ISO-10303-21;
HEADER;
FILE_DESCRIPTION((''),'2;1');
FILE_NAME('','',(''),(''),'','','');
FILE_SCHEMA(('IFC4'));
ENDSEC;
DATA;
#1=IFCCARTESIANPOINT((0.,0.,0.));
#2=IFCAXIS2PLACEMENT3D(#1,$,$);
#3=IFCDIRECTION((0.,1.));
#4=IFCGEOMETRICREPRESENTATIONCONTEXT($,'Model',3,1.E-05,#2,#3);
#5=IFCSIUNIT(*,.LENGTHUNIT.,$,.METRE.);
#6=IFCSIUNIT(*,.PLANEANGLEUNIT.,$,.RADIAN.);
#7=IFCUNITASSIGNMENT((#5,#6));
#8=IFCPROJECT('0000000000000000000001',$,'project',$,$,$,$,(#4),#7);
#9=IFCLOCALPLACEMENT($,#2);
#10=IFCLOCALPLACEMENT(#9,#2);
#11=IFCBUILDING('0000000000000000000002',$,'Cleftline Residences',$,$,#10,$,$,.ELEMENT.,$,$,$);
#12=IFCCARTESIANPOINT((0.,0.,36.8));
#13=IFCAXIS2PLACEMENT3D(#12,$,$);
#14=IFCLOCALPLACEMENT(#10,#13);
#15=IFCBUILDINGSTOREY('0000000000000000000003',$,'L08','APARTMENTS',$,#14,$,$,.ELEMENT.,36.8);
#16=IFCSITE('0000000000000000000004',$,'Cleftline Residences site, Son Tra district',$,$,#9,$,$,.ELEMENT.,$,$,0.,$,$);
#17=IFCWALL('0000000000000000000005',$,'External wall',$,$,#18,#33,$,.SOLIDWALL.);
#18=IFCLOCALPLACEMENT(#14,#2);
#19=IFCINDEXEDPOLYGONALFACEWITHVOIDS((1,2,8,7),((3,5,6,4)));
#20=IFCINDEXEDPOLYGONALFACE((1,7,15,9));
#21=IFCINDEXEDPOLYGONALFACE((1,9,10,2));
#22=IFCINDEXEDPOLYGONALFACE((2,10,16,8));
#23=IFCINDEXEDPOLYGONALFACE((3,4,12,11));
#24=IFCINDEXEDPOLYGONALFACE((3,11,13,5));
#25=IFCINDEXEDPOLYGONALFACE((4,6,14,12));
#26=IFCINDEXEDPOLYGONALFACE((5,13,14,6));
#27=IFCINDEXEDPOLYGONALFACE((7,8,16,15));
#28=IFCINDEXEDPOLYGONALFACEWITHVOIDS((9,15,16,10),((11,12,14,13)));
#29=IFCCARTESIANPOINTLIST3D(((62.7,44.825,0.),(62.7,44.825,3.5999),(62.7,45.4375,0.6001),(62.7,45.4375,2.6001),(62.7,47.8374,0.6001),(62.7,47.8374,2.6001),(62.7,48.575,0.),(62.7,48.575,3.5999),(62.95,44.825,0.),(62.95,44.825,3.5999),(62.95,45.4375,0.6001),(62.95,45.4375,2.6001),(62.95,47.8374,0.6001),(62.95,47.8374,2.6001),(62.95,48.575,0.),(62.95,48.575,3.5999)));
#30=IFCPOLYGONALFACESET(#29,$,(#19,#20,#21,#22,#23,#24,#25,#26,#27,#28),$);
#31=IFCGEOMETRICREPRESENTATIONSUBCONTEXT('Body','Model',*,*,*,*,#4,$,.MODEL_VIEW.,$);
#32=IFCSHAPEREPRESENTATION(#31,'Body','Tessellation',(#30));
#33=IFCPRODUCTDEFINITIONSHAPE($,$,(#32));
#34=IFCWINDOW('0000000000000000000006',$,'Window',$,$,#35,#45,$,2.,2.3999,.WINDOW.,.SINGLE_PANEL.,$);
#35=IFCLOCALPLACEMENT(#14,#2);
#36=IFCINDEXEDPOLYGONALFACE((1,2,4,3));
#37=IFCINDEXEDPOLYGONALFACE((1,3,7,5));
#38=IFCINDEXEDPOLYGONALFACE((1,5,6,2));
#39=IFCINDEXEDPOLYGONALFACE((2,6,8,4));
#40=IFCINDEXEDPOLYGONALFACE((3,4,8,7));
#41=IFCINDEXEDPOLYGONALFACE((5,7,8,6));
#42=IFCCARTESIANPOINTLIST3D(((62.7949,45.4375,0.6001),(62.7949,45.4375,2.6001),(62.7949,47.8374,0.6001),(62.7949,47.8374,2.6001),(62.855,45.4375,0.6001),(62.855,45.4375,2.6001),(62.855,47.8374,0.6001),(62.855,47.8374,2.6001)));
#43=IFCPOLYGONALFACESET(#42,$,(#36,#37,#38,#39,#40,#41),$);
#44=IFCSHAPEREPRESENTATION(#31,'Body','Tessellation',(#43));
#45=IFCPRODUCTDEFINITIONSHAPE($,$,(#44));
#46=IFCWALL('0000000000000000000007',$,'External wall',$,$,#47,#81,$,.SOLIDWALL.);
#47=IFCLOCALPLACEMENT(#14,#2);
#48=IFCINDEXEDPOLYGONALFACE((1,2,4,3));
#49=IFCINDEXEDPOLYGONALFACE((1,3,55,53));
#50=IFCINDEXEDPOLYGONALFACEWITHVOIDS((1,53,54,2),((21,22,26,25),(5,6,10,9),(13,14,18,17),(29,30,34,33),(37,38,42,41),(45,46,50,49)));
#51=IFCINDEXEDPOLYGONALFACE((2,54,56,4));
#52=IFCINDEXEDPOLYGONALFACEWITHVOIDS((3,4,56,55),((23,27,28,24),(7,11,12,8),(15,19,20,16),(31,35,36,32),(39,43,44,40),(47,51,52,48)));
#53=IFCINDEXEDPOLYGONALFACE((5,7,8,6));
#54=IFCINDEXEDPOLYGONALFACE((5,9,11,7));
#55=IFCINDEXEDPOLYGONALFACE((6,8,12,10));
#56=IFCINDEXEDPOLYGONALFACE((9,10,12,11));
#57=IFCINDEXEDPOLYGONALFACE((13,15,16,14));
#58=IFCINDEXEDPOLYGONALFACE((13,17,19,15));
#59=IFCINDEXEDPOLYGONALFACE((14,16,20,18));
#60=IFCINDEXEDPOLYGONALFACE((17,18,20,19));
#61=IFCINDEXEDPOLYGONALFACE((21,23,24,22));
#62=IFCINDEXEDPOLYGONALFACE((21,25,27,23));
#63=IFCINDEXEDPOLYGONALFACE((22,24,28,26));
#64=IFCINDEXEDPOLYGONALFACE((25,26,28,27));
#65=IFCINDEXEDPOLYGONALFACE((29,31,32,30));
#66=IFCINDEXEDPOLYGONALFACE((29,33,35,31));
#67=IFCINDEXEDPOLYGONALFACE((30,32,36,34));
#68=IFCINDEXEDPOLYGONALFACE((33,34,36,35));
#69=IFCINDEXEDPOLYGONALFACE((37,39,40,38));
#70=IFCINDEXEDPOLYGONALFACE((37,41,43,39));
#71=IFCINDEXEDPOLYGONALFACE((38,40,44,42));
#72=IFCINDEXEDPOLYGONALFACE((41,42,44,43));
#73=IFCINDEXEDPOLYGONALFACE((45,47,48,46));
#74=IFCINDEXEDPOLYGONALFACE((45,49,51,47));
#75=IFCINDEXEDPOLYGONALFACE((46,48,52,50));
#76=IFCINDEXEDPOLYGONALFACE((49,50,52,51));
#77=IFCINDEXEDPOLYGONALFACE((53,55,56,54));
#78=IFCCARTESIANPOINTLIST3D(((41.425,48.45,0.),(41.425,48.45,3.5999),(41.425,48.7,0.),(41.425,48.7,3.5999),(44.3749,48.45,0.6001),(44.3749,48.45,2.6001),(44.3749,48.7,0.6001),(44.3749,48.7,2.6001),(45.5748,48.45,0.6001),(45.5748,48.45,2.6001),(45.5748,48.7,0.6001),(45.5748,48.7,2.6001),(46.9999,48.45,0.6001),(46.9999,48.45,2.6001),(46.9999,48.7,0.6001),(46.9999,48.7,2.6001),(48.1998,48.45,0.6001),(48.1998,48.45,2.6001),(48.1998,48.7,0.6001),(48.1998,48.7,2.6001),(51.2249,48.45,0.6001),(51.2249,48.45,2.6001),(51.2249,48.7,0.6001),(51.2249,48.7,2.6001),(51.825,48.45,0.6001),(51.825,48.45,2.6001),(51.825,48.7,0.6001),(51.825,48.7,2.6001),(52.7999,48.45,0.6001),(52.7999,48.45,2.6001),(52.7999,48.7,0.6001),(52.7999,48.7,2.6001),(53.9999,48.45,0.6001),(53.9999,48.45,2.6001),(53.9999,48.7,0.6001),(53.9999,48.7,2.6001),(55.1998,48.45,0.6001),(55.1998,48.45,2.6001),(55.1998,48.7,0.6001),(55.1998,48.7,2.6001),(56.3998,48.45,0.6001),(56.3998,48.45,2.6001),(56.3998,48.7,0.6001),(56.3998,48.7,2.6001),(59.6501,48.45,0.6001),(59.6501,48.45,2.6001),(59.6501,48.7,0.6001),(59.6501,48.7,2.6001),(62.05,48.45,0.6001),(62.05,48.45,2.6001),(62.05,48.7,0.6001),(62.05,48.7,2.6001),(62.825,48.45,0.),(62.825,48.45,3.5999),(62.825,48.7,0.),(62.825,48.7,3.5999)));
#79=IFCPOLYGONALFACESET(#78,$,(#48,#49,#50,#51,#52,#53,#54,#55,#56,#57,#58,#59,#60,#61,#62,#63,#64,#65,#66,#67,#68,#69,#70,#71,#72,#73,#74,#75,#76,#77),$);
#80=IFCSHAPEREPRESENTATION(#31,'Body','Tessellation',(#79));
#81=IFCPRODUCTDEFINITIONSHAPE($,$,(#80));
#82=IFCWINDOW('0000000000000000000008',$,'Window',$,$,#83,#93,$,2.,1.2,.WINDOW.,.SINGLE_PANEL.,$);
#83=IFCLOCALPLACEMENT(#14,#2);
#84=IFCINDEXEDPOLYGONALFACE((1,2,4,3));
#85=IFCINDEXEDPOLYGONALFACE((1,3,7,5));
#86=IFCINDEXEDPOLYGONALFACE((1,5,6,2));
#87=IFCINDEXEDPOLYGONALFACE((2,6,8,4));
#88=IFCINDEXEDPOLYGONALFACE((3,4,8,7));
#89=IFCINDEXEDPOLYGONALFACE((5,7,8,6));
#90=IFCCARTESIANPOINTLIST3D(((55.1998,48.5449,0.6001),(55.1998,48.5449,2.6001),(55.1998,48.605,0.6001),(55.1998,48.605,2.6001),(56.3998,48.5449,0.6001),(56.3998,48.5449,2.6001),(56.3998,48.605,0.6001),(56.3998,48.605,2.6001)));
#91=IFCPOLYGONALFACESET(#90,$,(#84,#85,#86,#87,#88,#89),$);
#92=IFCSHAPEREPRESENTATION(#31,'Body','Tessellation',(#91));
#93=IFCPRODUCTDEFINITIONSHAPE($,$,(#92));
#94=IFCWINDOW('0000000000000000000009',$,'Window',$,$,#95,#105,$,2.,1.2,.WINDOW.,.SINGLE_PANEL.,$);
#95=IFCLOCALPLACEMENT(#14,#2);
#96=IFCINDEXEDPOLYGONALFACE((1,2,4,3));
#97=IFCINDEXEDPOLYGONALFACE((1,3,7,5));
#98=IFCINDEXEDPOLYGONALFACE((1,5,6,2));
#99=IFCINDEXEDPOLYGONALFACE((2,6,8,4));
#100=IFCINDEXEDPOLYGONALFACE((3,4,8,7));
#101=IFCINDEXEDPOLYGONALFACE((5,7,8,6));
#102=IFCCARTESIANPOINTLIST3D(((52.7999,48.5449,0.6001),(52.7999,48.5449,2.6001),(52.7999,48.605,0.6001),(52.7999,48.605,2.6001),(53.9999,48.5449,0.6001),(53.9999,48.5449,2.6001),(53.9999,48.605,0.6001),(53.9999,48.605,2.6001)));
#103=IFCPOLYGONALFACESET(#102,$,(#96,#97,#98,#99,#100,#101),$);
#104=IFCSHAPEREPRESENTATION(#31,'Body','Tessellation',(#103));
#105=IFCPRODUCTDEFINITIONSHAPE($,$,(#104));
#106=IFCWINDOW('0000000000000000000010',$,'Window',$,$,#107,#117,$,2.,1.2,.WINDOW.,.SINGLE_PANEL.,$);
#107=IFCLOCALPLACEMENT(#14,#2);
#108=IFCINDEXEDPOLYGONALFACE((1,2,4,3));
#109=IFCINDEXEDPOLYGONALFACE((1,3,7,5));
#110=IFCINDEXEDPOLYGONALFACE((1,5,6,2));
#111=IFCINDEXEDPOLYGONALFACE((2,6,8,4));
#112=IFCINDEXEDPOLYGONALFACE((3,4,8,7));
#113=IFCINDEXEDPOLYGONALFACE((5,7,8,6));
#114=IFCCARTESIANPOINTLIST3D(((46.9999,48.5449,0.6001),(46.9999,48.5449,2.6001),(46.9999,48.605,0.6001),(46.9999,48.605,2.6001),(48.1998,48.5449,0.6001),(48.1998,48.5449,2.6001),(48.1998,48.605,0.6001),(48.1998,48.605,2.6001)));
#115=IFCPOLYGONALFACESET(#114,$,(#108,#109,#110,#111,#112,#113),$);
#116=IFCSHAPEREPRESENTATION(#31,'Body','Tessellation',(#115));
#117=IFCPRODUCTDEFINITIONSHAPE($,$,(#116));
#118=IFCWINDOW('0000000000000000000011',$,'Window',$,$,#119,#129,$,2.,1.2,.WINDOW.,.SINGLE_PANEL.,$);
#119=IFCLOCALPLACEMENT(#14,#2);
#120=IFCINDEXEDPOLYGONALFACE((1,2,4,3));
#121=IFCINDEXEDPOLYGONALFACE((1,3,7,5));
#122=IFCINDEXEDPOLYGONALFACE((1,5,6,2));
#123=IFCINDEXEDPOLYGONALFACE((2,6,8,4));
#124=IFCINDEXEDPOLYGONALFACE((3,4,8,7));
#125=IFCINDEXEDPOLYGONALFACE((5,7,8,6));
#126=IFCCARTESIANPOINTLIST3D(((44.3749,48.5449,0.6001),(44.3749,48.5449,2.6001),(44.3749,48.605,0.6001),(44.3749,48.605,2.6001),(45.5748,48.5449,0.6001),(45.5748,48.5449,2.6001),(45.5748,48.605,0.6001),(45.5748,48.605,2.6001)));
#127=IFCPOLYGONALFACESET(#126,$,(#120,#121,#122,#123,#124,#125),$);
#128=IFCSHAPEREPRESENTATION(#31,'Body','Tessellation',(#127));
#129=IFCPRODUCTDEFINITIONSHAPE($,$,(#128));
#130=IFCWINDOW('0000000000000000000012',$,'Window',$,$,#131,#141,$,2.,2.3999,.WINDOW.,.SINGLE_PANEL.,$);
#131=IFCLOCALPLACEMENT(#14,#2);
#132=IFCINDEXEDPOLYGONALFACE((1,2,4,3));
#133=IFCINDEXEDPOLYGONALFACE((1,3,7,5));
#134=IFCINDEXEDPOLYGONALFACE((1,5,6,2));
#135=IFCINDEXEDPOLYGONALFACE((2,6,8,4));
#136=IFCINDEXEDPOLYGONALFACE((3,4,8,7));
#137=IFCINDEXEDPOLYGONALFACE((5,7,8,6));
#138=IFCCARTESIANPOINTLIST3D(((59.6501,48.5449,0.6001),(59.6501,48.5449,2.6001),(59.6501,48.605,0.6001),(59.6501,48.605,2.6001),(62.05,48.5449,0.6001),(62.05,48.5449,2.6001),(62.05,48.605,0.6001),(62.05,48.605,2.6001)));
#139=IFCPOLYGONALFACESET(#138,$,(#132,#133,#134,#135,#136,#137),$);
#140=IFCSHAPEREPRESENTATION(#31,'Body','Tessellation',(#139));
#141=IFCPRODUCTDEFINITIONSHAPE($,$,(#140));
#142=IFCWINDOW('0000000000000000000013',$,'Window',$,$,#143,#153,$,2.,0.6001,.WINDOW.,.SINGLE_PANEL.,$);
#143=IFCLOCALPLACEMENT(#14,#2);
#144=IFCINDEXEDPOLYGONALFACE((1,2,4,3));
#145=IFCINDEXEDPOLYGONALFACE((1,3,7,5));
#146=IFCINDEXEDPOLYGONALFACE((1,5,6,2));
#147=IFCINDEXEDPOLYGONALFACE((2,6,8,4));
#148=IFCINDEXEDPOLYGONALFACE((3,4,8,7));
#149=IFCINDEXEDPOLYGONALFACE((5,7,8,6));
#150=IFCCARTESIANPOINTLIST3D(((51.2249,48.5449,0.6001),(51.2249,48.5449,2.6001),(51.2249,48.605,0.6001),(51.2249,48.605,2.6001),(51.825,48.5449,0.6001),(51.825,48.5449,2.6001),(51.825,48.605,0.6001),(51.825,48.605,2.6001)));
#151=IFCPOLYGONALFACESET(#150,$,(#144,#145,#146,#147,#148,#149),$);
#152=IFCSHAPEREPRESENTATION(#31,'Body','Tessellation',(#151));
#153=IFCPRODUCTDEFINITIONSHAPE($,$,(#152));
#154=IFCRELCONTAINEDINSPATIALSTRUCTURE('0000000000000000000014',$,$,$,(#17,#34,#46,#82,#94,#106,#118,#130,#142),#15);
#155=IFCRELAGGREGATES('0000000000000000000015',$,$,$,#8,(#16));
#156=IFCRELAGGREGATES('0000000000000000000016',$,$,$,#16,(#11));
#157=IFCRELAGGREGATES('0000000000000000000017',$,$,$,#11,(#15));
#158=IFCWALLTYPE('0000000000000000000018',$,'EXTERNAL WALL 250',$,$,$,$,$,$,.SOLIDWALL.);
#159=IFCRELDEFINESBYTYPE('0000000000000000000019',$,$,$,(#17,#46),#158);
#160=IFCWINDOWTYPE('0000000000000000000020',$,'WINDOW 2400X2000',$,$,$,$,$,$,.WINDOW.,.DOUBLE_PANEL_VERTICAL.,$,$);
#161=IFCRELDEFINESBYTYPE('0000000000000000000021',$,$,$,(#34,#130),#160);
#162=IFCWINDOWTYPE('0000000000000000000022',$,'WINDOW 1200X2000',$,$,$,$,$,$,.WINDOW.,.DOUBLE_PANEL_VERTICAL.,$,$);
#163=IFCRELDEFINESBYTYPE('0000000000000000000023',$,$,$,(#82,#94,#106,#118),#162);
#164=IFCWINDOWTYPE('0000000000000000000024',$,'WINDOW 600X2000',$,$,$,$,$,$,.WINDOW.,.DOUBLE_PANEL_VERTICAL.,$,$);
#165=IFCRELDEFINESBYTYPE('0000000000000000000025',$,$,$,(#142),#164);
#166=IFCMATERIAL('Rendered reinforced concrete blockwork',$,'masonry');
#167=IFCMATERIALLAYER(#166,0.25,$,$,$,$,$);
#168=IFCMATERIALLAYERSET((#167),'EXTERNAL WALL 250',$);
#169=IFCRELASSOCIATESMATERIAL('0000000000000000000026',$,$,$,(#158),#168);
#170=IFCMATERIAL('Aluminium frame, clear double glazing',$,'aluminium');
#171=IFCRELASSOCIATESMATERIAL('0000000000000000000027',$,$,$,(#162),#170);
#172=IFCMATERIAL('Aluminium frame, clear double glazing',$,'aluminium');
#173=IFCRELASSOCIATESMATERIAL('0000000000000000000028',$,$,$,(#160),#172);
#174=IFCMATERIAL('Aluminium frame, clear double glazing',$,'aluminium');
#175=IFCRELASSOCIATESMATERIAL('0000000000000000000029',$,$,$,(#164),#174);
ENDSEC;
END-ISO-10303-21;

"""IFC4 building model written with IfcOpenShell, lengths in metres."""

from ifc_helpers import new_model, si_unit, direction, frame, frame_2d, origin, place, context, subcontext, project, spatial, rectangle, extrude, material, layer, layer_set, type_object, element, fill, save


model = new_model("IFC4")

# Units and contexts
model_context = context("Model", 3, precision=1e-05, world=origin(), true_north=direction((0.0, 1.0)))
body_context = subcontext(model_context, "Body", "Model", "MODEL_VIEW")
ifc_project = project(units=[si_unit("LENGTHUNIT", "METRE"), si_unit("PLANEANGLEUNIT", "RADIAN")], contexts=[model_context])

# Site, building, storey
site_placement = place(None, origin())
site = spatial("IfcSite", under=ifc_project, at=site_placement, Name="Cleftline Residences site, Son Tra district", CompositionType="ELEMENT", RefElevation=0.0)
building_placement = place(site_placement, origin())
building = spatial("IfcBuilding", under=site, at=building_placement, Name="Cleftline Residences", CompositionType="ELEMENT")
storey_placement = place(building_placement, frame((0.0, 0.0, 36.8)))
storey = spatial("IfcBuildingStorey", under=building, at=storey_placement, Name="L08", Description="APARTMENTS", CompositionType="ELEMENT", Elevation=36.8)

# Shared definitions
ifc_material_1 = material(Name="Rendered reinforced concrete blockwork", Category="masonry")
ifc_layer_1 = layer(ifc_material_1, 0.25)
ifc_layer_set_1 = layer_set([ifc_layer_1], Name="EXTERNAL WALL 250")
wall_type_1 = type_object("IfcWallType", Name="EXTERNAL WALL 250", PredefinedType="SOLIDWALL", material=ifc_layer_set_1)
ifc_material_2 = material(Name="Aluminium frame, clear double glazing", Category="aluminium")
window_type_1 = type_object("IfcWindowType", Name="WINDOW 1200X2000", PartitioningType="DOUBLE_PANEL_VERTICAL", PredefinedType="WINDOW", material=ifc_material_2)

# Wall, opening, window
wall_1_placement = place(storey_placement, frame((62.825, 44.825, 0.0), z_axis=(0.0, 0.0, 1.0), x_axis=(0.0, 1.0, 0.0)))
wall_1 = element("IfcWall", 1, at=wall_1_placement, inside=storey, type_object=wall_type_1, Name="External wall", PredefinedType="SOLIDWALL", context=body_context, shape_type="SweptSolid", body=[
    extrude(rectangle(XDim=3.75, YDim=0.25, at=frame_2d((1.875, 0.0))), origin(), (0.0, 0.0, 1.0), 3.5999),
])
opening_1_placement = place(wall_1_placement, frame((0.6125, 0.0, 0.6001)))
opening_1 = element("IfcOpeningElement", 2, at=opening_1_placement, cuts=wall_1, PredefinedType="OPENING", context=body_context, shape_type="SweptSolid", body=[
    extrude(rectangle(XDim=2.3999, YDim=2.0, at=frame_2d((1.2, 1.0))), frame((0.0, 0.135, 0.0), z_axis=(0.0, -1.0, 0.0), x_axis=(1.0, 0.0, 0.0)), (0.0, 0.0, 1.0), 0.27),
])
ifc_material_3 = material(Name="Aluminium frame, clear double glazing", Category="aluminium")
window_type_2 = type_object("IfcWindowType", Name="WINDOW 2400X2000", PartitioningType="DOUBLE_PANEL_VERTICAL", PredefinedType="WINDOW", material=ifc_material_3)
window_1_placement = place(opening_1_placement, origin())
window_1 = element("IfcWindow", 3, at=window_1_placement, inside=storey, type_object=window_type_2, Name="Window", OverallHeight=2.0, OverallWidth=2.3999, PartitioningType="SINGLE_PANEL", PredefinedType="WINDOW", context=body_context, shape_type="SweptSolid", body=[
    extrude(rectangle(XDim=2.3999, YDim=2.0, at=frame_2d((1.2, 1.0))), frame((0.0, 0.03, 0.0), z_axis=(0.0, -1.0, 0.0), x_axis=(1.0, 0.0, 0.0)), (0.0, 0.0, 1.0), 0.0601),
])
fill(opening_1, window_1)

# Wall, openings, windows
wall_2_placement = place(storey_placement, frame((62.825, 48.575, 0.0), z_axis=(0.0, 0.0, 1.0), x_axis=(-1.0, 0.0, 0.0)))
wall_2 = element("IfcWall", 4, at=wall_2_placement, inside=storey, type_object=wall_type_1, Name="External wall", PredefinedType="SOLIDWALL", context=body_context, shape_type="SweptSolid", body=[
    extrude(rectangle(XDim=21.3999, YDim=0.25, at=frame_2d((10.7, 0.0))), origin(), (0.0, 0.0, 1.0), 3.5999),
])
opening_2_placement = place(wall_2_placement, frame((0.7749, 0.0, 0.6001)))
opening_2 = element("IfcOpeningElement", 5, at=opening_2_placement, cuts=wall_2, PredefinedType="OPENING", context=body_context, shape_type="SweptSolid", body=[
    extrude(rectangle(XDim=2.3999, YDim=2.0, at=frame_2d((1.2, 1.0))), frame((0.0, 0.135, 0.0), z_axis=(0.0, -1.0, 0.0), x_axis=(1.0, 0.0, 0.0)), (0.0, 0.0, 1.0), 0.27),
])
opening_3_placement = place(wall_2_placement, frame((6.425, 0.0, 0.6001)))
opening_3 = element("IfcOpeningElement", 6, at=opening_3_placement, cuts=wall_2, PredefinedType="OPENING", context=body_context, shape_type="SweptSolid", body=[
    extrude(rectangle(XDim=1.2, YDim=2.0, at=frame_2d((0.6001, 1.0))), frame((0.0, 0.135, 0.0), z_axis=(0.0, -1.0, 0.0), x_axis=(1.0, 0.0, 0.0)), (0.0, 0.0, 1.0), 0.27),
])
opening_4_placement = place(wall_2_placement, frame((8.825, 0.0, 0.6001)))
opening_4 = element("IfcOpeningElement", 7, at=opening_4_placement, cuts=wall_2, PredefinedType="OPENING", context=body_context, shape_type="SweptSolid", body=[
    extrude(rectangle(XDim=1.2, YDim=2.0, at=frame_2d((0.6001, 1.0))), frame((0.0, 0.135, 0.0), z_axis=(0.0, -1.0, 0.0), x_axis=(1.0, 0.0, 0.0)), (0.0, 0.0, 1.0), 0.27),
])
opening_5_placement = place(wall_2_placement, frame((11.0, 0.0, 0.6001)))
opening_5 = element("IfcOpeningElement", 8, at=opening_5_placement, cuts=wall_2, PredefinedType="OPENING", context=body_context, shape_type="SweptSolid", body=[
    extrude(rectangle(XDim=0.6001, YDim=2.0, at=frame_2d((0.3, 1.0))), frame((0.0, 0.135, 0.0), z_axis=(0.0, -1.0, 0.0), x_axis=(1.0, 0.0, 0.0)), (0.0, 0.0, 1.0), 0.27),
])
opening_6_placement = place(wall_2_placement, frame((14.625, 0.0, 0.6001)))
opening_6 = element("IfcOpeningElement", 9, at=opening_6_placement, cuts=wall_2, PredefinedType="OPENING", context=body_context, shape_type="SweptSolid", body=[
    extrude(rectangle(XDim=1.2, YDim=2.0, at=frame_2d((0.6001, 1.0))), frame((0.0, 0.135, 0.0), z_axis=(0.0, -1.0, 0.0), x_axis=(1.0, 0.0, 0.0)), (0.0, 0.0, 1.0), 0.27),
])
opening_7_placement = place(wall_2_placement, frame((17.25, 0.0, 0.6001)))
opening_7 = element("IfcOpeningElement", 10, at=opening_7_placement, cuts=wall_2, PredefinedType="OPENING", context=body_context, shape_type="SweptSolid", body=[
    extrude(rectangle(XDim=1.2, YDim=2.0, at=frame_2d((0.6001, 1.0))), frame((0.0, 0.135, 0.0), z_axis=(0.0, -1.0, 0.0), x_axis=(1.0, 0.0, 0.0)), (0.0, 0.0, 1.0), 0.27),
])
window_2_placement = place(opening_3_placement, origin())
window_2 = element("IfcWindow", 11, at=window_2_placement, inside=storey, type_object=window_type_1, Name="Window", OverallHeight=2.0, OverallWidth=1.2, PartitioningType="SINGLE_PANEL", PredefinedType="WINDOW", context=body_context, shape_type="SweptSolid", body=[
    extrude(rectangle(XDim=1.2, YDim=2.0, at=frame_2d((0.6001, 1.0))), frame((0.0, 0.03, 0.0), z_axis=(0.0, -1.0, 0.0), x_axis=(1.0, 0.0, 0.0)), (0.0, 0.0, 1.0), 0.0601),
])
fill(opening_3, window_2)
window_3_placement = place(opening_4_placement, origin())
window_3 = element("IfcWindow", 12, at=window_3_placement, inside=storey, type_object=window_type_1, Name="Window", OverallHeight=2.0, OverallWidth=1.2, PartitioningType="SINGLE_PANEL", PredefinedType="WINDOW", context=body_context, shape_type="SweptSolid", body=[
    extrude(rectangle(XDim=1.2, YDim=2.0, at=frame_2d((0.6001, 1.0))), frame((0.0, 0.03, 0.0), z_axis=(0.0, -1.0, 0.0), x_axis=(1.0, 0.0, 0.0)), (0.0, 0.0, 1.0), 0.0601),
])
fill(opening_4, window_3)
window_4_placement = place(opening_6_placement, origin())
window_4 = element("IfcWindow", 13, at=window_4_placement, inside=storey, type_object=window_type_1, Name="Window", OverallHeight=2.0, OverallWidth=1.2, PartitioningType="SINGLE_PANEL", PredefinedType="WINDOW", context=body_context, shape_type="SweptSolid", body=[
    extrude(rectangle(XDim=1.2, YDim=2.0, at=frame_2d((0.6001, 1.0))), frame((0.0, 0.03, 0.0), z_axis=(0.0, -1.0, 0.0), x_axis=(1.0, 0.0, 0.0)), (0.0, 0.0, 1.0), 0.0601),
])
fill(opening_6, window_4)
window_5_placement = place(opening_7_placement, origin())
window_5 = element("IfcWindow", 14, at=window_5_placement, inside=storey, type_object=window_type_1, Name="Window", OverallHeight=2.0, OverallWidth=1.2, PartitioningType="SINGLE_PANEL", PredefinedType="WINDOW", context=body_context, shape_type="SweptSolid", body=[
    extrude(rectangle(XDim=1.2, YDim=2.0, at=frame_2d((0.6001, 1.0))), frame((0.0, 0.03, 0.0), z_axis=(0.0, -1.0, 0.0), x_axis=(1.0, 0.0, 0.0)), (0.0, 0.0, 1.0), 0.0601),
])
fill(opening_7, window_5)
window_6_placement = place(opening_2_placement, origin())
window_6 = element("IfcWindow", 15, at=window_6_placement, inside=storey, type_object=window_type_2, Name="Window", OverallHeight=2.0, OverallWidth=2.3999, PartitioningType="SINGLE_PANEL", PredefinedType="WINDOW", context=body_context, shape_type="SweptSolid", body=[
    extrude(rectangle(XDim=2.3999, YDim=2.0, at=frame_2d((1.2, 1.0))), frame((0.0, 0.03, 0.0), z_axis=(0.0, -1.0, 0.0), x_axis=(1.0, 0.0, 0.0)), (0.0, 0.0, 1.0), 0.0601),
])
fill(opening_2, window_6)
ifc_material_4 = material(Name="Aluminium frame, clear double glazing", Category="aluminium")
window_type_3 = type_object("IfcWindowType", Name="WINDOW 600X2000", PartitioningType="DOUBLE_PANEL_VERTICAL", PredefinedType="WINDOW", material=ifc_material_4)
window_7_placement = place(opening_5_placement, origin())
window_7 = element("IfcWindow", 16, at=window_7_placement, inside=storey, type_object=window_type_3, Name="Window", OverallHeight=2.0, OverallWidth=0.6001, PartitioningType="SINGLE_PANEL", PredefinedType="WINDOW", context=body_context, shape_type="SweptSolid", body=[
    extrude(rectangle(XDim=0.6001, YDim=2.0, at=frame_2d((0.3, 1.0))), frame((0.0, 0.03, 0.0), z_axis=(0.0, -1.0, 0.0), x_axis=(1.0, 0.0, 0.0)), (0.0, 0.0, 1.0), 0.0601),
])
fill(opening_5, window_7)

save(model, "model.ifc")
